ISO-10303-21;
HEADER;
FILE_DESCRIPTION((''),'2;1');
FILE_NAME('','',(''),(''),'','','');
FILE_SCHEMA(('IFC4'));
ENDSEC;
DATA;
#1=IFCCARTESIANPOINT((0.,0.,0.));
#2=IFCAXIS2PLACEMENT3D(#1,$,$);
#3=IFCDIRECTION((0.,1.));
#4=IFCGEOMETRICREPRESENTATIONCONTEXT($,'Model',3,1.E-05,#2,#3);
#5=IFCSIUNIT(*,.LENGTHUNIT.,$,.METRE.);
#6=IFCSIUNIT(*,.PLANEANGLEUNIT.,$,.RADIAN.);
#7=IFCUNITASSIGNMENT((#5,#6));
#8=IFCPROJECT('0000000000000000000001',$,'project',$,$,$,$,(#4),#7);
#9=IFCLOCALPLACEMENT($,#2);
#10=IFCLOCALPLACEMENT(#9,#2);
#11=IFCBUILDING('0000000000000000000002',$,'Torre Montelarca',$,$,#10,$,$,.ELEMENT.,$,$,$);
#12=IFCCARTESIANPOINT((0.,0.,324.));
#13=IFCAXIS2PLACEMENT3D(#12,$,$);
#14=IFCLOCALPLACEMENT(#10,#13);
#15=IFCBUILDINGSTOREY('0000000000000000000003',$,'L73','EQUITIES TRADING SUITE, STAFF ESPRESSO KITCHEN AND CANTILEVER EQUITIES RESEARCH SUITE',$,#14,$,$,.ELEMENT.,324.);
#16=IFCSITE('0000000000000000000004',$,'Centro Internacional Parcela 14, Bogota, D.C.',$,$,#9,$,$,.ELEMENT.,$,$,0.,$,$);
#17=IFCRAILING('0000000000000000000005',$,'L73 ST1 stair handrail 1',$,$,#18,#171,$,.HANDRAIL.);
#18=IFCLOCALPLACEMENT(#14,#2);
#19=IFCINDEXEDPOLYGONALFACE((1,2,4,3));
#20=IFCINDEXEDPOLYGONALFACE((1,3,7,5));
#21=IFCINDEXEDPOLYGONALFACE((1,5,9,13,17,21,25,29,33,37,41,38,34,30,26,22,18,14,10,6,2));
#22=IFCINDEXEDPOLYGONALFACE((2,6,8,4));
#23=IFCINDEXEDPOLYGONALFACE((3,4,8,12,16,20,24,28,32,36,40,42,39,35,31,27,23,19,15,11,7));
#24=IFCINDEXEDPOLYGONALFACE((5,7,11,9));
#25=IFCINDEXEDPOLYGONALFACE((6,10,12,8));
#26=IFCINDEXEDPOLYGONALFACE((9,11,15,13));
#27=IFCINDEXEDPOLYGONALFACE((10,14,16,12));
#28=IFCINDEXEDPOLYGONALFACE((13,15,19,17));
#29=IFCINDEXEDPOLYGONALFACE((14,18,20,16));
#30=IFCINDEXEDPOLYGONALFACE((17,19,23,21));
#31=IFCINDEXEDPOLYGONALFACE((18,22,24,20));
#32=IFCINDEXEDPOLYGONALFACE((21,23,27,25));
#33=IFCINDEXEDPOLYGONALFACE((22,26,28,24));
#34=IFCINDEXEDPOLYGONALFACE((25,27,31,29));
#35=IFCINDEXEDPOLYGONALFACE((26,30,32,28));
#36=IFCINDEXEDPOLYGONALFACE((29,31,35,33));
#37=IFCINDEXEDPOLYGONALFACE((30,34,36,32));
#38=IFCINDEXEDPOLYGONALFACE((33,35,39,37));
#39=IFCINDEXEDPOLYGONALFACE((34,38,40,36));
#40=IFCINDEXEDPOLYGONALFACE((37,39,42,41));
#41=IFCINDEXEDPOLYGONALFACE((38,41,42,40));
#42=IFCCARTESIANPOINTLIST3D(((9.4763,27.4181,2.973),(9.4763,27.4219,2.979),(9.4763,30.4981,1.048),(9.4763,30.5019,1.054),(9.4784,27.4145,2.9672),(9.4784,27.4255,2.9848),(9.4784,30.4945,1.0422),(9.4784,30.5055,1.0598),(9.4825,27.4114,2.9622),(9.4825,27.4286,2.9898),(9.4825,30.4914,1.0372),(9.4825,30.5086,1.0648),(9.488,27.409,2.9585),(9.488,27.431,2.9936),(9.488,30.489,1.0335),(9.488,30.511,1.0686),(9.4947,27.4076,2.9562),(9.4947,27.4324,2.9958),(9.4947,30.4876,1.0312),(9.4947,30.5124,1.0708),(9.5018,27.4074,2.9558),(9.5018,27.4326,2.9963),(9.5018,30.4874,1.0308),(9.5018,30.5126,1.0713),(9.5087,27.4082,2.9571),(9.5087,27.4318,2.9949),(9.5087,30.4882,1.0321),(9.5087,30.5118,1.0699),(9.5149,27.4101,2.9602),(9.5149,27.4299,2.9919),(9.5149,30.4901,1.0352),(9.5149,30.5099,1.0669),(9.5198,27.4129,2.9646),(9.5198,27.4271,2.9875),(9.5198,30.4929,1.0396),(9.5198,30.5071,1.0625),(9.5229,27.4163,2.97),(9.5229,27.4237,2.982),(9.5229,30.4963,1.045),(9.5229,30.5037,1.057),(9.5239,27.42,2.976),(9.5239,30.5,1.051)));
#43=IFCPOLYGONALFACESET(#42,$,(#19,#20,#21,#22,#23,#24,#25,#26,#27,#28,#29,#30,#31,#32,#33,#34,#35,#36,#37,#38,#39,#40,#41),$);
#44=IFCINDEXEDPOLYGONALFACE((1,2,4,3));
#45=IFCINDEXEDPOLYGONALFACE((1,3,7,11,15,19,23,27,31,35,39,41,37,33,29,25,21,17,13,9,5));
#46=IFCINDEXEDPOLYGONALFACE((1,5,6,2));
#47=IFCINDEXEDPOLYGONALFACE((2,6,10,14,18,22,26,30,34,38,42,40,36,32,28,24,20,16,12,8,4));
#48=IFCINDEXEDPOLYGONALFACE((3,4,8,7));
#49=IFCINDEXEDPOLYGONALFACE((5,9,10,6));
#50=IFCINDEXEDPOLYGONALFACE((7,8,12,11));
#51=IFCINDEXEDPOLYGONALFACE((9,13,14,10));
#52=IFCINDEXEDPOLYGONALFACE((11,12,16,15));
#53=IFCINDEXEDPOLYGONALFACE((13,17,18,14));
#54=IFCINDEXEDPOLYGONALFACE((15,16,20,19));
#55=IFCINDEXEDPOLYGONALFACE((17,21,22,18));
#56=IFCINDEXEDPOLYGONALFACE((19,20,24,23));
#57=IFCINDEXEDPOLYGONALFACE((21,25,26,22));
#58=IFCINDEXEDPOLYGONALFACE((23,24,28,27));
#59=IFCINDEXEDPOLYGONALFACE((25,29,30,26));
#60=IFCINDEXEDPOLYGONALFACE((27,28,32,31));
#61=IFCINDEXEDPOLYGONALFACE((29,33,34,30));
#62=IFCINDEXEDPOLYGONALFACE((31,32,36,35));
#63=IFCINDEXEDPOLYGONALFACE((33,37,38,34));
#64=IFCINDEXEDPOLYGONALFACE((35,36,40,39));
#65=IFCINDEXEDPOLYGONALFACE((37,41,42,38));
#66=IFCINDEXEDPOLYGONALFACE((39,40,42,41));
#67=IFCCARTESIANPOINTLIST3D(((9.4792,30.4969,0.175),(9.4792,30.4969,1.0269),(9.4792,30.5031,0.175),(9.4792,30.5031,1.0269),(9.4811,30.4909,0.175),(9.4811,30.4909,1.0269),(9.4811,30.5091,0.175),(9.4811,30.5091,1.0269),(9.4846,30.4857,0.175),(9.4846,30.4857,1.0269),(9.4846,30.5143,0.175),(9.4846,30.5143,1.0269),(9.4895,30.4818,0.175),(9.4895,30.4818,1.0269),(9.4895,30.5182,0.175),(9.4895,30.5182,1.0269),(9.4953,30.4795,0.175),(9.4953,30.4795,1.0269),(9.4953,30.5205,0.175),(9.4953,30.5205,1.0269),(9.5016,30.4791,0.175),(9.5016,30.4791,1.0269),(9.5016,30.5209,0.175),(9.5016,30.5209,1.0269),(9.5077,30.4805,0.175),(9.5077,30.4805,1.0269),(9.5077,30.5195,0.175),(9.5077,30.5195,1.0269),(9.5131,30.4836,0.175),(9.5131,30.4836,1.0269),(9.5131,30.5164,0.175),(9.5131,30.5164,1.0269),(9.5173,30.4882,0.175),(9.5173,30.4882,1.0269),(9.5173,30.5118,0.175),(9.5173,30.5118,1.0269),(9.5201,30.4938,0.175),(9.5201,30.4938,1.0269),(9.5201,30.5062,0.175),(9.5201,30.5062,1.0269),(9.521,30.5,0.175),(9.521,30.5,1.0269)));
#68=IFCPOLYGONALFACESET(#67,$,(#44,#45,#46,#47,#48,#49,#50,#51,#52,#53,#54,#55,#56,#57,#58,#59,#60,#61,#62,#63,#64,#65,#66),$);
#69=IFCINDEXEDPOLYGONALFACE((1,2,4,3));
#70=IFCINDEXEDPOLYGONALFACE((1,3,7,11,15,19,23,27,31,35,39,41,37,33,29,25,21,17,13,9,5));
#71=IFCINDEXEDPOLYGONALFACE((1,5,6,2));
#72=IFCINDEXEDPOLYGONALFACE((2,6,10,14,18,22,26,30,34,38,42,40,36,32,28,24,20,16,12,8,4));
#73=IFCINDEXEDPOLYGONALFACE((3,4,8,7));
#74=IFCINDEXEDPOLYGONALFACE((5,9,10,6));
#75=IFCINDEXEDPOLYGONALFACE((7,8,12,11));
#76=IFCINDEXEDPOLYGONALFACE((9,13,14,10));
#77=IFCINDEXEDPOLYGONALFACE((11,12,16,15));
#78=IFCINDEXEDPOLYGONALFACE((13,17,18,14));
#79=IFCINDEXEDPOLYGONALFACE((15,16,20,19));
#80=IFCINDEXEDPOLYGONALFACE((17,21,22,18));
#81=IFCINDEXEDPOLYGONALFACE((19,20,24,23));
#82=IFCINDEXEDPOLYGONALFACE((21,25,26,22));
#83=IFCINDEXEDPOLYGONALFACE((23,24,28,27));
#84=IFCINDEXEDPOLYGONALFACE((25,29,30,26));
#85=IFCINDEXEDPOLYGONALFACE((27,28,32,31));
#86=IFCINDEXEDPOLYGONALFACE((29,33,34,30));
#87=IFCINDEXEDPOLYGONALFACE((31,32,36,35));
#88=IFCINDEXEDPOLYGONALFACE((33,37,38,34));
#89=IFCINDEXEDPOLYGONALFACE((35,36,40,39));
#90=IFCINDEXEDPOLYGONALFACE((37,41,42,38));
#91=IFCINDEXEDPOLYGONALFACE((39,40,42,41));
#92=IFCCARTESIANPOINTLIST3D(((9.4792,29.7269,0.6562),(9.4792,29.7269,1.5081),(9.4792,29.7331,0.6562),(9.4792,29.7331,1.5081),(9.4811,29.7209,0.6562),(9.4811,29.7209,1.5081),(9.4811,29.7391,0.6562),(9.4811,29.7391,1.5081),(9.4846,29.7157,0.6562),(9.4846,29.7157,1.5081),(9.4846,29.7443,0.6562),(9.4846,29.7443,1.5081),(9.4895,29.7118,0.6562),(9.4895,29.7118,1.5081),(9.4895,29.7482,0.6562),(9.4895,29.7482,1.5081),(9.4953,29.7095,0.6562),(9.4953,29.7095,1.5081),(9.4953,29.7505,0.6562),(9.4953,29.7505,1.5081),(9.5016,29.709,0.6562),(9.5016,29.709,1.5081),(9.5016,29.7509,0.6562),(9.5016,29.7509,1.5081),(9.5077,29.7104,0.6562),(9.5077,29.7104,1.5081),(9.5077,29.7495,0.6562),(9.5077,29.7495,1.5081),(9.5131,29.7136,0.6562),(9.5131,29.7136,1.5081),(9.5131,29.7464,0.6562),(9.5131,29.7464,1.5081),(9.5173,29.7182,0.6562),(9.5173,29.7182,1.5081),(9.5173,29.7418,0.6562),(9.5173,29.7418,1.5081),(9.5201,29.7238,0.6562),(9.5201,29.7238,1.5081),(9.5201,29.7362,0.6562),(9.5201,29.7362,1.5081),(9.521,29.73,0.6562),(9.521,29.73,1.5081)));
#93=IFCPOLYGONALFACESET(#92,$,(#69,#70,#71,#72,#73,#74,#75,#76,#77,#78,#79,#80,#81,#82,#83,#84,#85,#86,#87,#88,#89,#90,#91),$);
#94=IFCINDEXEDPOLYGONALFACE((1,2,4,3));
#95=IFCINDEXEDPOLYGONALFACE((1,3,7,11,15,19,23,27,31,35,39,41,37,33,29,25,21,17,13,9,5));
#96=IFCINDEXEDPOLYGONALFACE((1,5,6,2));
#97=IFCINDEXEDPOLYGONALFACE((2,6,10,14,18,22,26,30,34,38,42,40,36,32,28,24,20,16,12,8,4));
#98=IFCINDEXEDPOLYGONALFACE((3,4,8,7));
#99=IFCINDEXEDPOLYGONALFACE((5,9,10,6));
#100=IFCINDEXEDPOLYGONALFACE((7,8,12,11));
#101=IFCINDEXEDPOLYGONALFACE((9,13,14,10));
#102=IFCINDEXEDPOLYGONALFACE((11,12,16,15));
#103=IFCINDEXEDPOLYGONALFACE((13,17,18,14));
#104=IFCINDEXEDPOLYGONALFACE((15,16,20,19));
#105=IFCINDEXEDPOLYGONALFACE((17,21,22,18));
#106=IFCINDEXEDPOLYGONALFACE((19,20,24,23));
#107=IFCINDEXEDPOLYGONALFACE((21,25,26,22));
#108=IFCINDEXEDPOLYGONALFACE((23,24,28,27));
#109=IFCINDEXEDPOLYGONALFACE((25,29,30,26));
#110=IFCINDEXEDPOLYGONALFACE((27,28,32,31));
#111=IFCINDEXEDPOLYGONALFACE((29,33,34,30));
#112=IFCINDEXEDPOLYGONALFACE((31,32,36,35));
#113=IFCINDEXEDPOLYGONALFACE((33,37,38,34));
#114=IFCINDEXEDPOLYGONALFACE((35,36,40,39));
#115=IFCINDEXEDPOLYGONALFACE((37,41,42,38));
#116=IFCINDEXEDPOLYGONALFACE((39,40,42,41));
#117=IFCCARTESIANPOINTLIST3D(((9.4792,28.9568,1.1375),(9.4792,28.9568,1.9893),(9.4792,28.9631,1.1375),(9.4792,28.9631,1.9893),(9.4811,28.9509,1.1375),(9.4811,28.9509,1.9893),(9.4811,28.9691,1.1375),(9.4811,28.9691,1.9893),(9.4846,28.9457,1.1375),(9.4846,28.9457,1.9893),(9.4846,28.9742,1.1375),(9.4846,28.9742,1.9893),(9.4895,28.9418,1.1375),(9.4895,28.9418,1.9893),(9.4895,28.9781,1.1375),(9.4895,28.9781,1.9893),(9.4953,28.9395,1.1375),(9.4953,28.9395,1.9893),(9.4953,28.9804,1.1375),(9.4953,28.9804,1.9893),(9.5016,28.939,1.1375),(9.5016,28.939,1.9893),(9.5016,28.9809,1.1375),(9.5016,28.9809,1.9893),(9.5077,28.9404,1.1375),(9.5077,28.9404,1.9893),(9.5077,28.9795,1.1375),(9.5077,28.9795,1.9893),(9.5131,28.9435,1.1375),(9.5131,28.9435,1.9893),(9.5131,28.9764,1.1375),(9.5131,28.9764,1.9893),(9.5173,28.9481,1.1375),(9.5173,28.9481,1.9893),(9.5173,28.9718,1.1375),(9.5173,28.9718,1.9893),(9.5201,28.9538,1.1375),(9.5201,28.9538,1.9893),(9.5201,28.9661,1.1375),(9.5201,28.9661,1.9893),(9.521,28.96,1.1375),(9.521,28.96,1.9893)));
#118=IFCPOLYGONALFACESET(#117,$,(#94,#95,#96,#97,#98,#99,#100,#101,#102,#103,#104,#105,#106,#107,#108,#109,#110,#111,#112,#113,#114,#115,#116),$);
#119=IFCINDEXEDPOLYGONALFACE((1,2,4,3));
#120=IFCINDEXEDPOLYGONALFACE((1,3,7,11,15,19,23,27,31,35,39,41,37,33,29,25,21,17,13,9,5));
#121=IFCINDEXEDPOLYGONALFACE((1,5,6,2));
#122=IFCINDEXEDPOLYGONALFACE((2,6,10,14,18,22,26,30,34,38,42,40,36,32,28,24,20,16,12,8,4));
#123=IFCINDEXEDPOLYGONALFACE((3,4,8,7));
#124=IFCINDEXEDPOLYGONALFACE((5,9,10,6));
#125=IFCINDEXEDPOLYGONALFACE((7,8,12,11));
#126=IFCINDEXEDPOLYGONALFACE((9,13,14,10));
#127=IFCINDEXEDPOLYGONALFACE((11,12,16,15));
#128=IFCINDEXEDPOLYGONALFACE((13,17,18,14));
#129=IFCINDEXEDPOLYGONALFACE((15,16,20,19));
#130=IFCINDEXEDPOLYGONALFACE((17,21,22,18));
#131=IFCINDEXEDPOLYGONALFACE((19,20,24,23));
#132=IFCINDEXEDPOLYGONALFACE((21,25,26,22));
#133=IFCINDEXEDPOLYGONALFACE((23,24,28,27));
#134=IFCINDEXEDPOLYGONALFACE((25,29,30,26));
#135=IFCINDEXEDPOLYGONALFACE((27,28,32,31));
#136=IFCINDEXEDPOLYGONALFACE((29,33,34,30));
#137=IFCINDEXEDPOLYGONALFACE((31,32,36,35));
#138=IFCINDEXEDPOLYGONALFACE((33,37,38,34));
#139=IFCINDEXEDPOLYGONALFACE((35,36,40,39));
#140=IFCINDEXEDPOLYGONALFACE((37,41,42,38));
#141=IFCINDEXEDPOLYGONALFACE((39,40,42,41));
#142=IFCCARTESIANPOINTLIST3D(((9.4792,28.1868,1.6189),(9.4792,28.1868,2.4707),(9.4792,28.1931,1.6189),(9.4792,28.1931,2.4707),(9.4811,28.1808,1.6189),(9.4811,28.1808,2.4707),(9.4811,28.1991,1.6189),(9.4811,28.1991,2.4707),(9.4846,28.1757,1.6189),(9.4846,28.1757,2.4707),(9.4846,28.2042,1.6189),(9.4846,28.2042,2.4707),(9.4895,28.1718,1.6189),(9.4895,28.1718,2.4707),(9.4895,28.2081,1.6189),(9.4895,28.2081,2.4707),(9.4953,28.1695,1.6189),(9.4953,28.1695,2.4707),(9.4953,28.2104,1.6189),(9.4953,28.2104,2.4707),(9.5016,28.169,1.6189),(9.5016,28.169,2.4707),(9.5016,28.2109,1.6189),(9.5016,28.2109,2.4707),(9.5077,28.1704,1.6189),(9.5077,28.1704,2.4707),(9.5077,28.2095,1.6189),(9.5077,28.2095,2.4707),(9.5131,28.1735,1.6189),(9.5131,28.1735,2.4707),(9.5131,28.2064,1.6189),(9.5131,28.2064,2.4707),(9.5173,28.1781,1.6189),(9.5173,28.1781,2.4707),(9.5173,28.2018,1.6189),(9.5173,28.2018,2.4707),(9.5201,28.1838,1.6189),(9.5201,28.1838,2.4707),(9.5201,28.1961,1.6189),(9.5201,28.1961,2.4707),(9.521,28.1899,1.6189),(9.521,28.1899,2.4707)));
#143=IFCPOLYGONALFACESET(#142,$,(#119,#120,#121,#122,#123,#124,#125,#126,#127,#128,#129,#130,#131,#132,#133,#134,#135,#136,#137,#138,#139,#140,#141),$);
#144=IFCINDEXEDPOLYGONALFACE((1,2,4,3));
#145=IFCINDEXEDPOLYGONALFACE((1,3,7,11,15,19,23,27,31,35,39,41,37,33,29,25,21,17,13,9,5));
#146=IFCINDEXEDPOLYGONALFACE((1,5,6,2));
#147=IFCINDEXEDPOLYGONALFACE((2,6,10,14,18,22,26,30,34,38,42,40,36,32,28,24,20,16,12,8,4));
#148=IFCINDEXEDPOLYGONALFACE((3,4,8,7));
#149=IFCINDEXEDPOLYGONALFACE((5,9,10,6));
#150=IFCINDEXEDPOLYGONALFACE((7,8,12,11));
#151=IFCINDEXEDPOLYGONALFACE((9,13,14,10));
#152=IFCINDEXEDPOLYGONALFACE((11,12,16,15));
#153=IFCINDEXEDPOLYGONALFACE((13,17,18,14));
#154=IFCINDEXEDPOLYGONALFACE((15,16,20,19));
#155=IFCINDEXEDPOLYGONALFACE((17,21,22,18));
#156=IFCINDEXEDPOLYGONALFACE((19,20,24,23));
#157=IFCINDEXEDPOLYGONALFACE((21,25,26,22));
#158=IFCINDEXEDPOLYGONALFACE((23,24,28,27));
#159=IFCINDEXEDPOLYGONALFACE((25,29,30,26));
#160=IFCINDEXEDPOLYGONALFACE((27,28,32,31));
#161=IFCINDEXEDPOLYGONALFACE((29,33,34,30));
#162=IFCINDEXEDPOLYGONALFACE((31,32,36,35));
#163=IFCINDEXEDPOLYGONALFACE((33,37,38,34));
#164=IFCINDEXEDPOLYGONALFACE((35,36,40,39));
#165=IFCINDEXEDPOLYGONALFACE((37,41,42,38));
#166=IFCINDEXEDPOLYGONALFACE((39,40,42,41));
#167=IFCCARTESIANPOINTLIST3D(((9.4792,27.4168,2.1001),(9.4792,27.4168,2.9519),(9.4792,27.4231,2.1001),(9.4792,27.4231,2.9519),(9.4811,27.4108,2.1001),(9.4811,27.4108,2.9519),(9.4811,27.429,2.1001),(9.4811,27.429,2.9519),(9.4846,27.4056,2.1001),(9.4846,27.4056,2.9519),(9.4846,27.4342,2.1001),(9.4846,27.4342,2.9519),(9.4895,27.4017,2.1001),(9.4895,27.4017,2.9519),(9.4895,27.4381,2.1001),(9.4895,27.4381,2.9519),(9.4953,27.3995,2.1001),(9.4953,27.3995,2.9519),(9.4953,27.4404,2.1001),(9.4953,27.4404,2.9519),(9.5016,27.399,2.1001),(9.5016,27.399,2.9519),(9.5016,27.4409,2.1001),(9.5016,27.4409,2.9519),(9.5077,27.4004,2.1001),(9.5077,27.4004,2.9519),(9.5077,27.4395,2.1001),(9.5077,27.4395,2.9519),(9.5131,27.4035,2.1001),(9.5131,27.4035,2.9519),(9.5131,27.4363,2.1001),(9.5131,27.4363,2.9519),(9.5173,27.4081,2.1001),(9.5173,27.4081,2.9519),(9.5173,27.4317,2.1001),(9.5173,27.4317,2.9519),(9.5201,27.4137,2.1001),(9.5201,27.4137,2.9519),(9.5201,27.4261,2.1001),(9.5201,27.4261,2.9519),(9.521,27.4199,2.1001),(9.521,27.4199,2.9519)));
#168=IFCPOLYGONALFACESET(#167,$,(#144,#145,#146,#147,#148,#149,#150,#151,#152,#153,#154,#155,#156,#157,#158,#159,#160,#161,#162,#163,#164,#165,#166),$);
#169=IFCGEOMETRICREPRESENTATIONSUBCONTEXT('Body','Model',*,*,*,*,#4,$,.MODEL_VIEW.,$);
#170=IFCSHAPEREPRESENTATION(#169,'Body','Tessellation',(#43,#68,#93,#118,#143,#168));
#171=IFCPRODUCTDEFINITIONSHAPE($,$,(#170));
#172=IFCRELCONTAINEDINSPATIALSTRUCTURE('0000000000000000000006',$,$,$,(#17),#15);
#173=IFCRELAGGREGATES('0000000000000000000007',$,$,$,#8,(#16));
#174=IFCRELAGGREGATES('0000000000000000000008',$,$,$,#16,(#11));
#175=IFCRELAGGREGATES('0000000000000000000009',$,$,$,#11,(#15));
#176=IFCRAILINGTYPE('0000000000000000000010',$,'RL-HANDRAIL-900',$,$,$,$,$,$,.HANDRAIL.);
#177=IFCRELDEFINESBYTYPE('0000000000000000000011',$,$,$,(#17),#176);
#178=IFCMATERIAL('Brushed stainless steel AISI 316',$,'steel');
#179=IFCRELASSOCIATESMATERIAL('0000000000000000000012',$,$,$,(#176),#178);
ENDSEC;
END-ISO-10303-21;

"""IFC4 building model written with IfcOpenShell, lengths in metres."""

from ifc_helpers import new_model, si_unit, direction, frame, origin, origin_2d, place, context, subcontext, project, spatial, circle, extrude, material, type_object, element, save


model = new_model("IFC4")

# Units and contexts
model_context = context("Model", 3, precision=1e-05, world=origin(), true_north=direction((0.0, 1.0)))
body_context = subcontext(model_context, "Body", "Model", "MODEL_VIEW")
ifc_project = project(units=[si_unit("LENGTHUNIT", "METRE"), si_unit("PLANEANGLEUNIT", "RADIAN")], contexts=[model_context])

# Site, building, storey
site_placement = place(None, origin())
site = spatial("IfcSite", under=ifc_project, at=site_placement, Name="Centro Internacional Parcela 14, Bogota, D.C.", CompositionType="ELEMENT", RefElevation=0.0)
building_placement = place(site_placement, origin())
building = spatial("IfcBuilding", under=site, at=building_placement, Name="Torre Montelarca", CompositionType="ELEMENT")
storey_placement = place(building_placement, frame((0.0, 0.0, 324.0)))
storey = spatial("IfcBuildingStorey", under=building, at=storey_placement, Name="L73", Description="EQUITIES TRADING SUITE, STAFF ESPRESSO KITCHEN AND CANTILEVER EQUITIES RESEARCH SUITE", CompositionType="ELEMENT", Elevation=324.0)

# Shared definitions
ifc_material_1 = material(Name="Brushed stainless steel AISI 316", Category="steel")

# Railing
railing_type_1 = type_object("IfcRailingType", Name="RL-HANDRAIL-900", PredefinedType="HANDRAIL", material=ifc_material_1)
railing_1_placement = place(storey_placement, frame((9.5, 30.5, 0.175)))
element("IfcRailing", 1, at=railing_1_placement, inside=storey, type_object=railing_type_1, Name="L73 ST1 stair handrail 1", PredefinedType="HANDRAIL", context=body_context, shape_type="SweptSolid", body=[
    extrude(circle(Radius=0.0239, at=origin_2d()), frame((0.0, 0.0, 0.876), z_axis=(0.0, -0.847998, 0.529999), x_axis=(1.0, 0.0, 0.0)), (0.0, 0.0, 1.0), 3.6321),
    extrude(circle(Radius=0.021, at=origin_2d()), origin(), (0.0, 0.0, 1.0), 0.8518),
    extrude(circle(Radius=0.021, at=origin_2d()), frame((0.0, -0.77, 0.4812)), (0.0, 0.0, 1.0), 0.8518),
    extrude(circle(Radius=0.021, at=origin_2d()), frame((0.0, -1.54, 0.9624)), (0.0, 0.0, 1.0), 0.8518),
    extrude(circle(Radius=0.021, at=origin_2d()), frame((0.0, -2.3101, 1.4438)), (0.0, 0.0, 1.0), 0.8518),
    extrude(circle(Radius=0.021, at=origin_2d()), frame((0.0, -3.0801, 1.925)), (0.0, 0.0, 1.0), 0.8518),
])

save(model, "model.ifc")
